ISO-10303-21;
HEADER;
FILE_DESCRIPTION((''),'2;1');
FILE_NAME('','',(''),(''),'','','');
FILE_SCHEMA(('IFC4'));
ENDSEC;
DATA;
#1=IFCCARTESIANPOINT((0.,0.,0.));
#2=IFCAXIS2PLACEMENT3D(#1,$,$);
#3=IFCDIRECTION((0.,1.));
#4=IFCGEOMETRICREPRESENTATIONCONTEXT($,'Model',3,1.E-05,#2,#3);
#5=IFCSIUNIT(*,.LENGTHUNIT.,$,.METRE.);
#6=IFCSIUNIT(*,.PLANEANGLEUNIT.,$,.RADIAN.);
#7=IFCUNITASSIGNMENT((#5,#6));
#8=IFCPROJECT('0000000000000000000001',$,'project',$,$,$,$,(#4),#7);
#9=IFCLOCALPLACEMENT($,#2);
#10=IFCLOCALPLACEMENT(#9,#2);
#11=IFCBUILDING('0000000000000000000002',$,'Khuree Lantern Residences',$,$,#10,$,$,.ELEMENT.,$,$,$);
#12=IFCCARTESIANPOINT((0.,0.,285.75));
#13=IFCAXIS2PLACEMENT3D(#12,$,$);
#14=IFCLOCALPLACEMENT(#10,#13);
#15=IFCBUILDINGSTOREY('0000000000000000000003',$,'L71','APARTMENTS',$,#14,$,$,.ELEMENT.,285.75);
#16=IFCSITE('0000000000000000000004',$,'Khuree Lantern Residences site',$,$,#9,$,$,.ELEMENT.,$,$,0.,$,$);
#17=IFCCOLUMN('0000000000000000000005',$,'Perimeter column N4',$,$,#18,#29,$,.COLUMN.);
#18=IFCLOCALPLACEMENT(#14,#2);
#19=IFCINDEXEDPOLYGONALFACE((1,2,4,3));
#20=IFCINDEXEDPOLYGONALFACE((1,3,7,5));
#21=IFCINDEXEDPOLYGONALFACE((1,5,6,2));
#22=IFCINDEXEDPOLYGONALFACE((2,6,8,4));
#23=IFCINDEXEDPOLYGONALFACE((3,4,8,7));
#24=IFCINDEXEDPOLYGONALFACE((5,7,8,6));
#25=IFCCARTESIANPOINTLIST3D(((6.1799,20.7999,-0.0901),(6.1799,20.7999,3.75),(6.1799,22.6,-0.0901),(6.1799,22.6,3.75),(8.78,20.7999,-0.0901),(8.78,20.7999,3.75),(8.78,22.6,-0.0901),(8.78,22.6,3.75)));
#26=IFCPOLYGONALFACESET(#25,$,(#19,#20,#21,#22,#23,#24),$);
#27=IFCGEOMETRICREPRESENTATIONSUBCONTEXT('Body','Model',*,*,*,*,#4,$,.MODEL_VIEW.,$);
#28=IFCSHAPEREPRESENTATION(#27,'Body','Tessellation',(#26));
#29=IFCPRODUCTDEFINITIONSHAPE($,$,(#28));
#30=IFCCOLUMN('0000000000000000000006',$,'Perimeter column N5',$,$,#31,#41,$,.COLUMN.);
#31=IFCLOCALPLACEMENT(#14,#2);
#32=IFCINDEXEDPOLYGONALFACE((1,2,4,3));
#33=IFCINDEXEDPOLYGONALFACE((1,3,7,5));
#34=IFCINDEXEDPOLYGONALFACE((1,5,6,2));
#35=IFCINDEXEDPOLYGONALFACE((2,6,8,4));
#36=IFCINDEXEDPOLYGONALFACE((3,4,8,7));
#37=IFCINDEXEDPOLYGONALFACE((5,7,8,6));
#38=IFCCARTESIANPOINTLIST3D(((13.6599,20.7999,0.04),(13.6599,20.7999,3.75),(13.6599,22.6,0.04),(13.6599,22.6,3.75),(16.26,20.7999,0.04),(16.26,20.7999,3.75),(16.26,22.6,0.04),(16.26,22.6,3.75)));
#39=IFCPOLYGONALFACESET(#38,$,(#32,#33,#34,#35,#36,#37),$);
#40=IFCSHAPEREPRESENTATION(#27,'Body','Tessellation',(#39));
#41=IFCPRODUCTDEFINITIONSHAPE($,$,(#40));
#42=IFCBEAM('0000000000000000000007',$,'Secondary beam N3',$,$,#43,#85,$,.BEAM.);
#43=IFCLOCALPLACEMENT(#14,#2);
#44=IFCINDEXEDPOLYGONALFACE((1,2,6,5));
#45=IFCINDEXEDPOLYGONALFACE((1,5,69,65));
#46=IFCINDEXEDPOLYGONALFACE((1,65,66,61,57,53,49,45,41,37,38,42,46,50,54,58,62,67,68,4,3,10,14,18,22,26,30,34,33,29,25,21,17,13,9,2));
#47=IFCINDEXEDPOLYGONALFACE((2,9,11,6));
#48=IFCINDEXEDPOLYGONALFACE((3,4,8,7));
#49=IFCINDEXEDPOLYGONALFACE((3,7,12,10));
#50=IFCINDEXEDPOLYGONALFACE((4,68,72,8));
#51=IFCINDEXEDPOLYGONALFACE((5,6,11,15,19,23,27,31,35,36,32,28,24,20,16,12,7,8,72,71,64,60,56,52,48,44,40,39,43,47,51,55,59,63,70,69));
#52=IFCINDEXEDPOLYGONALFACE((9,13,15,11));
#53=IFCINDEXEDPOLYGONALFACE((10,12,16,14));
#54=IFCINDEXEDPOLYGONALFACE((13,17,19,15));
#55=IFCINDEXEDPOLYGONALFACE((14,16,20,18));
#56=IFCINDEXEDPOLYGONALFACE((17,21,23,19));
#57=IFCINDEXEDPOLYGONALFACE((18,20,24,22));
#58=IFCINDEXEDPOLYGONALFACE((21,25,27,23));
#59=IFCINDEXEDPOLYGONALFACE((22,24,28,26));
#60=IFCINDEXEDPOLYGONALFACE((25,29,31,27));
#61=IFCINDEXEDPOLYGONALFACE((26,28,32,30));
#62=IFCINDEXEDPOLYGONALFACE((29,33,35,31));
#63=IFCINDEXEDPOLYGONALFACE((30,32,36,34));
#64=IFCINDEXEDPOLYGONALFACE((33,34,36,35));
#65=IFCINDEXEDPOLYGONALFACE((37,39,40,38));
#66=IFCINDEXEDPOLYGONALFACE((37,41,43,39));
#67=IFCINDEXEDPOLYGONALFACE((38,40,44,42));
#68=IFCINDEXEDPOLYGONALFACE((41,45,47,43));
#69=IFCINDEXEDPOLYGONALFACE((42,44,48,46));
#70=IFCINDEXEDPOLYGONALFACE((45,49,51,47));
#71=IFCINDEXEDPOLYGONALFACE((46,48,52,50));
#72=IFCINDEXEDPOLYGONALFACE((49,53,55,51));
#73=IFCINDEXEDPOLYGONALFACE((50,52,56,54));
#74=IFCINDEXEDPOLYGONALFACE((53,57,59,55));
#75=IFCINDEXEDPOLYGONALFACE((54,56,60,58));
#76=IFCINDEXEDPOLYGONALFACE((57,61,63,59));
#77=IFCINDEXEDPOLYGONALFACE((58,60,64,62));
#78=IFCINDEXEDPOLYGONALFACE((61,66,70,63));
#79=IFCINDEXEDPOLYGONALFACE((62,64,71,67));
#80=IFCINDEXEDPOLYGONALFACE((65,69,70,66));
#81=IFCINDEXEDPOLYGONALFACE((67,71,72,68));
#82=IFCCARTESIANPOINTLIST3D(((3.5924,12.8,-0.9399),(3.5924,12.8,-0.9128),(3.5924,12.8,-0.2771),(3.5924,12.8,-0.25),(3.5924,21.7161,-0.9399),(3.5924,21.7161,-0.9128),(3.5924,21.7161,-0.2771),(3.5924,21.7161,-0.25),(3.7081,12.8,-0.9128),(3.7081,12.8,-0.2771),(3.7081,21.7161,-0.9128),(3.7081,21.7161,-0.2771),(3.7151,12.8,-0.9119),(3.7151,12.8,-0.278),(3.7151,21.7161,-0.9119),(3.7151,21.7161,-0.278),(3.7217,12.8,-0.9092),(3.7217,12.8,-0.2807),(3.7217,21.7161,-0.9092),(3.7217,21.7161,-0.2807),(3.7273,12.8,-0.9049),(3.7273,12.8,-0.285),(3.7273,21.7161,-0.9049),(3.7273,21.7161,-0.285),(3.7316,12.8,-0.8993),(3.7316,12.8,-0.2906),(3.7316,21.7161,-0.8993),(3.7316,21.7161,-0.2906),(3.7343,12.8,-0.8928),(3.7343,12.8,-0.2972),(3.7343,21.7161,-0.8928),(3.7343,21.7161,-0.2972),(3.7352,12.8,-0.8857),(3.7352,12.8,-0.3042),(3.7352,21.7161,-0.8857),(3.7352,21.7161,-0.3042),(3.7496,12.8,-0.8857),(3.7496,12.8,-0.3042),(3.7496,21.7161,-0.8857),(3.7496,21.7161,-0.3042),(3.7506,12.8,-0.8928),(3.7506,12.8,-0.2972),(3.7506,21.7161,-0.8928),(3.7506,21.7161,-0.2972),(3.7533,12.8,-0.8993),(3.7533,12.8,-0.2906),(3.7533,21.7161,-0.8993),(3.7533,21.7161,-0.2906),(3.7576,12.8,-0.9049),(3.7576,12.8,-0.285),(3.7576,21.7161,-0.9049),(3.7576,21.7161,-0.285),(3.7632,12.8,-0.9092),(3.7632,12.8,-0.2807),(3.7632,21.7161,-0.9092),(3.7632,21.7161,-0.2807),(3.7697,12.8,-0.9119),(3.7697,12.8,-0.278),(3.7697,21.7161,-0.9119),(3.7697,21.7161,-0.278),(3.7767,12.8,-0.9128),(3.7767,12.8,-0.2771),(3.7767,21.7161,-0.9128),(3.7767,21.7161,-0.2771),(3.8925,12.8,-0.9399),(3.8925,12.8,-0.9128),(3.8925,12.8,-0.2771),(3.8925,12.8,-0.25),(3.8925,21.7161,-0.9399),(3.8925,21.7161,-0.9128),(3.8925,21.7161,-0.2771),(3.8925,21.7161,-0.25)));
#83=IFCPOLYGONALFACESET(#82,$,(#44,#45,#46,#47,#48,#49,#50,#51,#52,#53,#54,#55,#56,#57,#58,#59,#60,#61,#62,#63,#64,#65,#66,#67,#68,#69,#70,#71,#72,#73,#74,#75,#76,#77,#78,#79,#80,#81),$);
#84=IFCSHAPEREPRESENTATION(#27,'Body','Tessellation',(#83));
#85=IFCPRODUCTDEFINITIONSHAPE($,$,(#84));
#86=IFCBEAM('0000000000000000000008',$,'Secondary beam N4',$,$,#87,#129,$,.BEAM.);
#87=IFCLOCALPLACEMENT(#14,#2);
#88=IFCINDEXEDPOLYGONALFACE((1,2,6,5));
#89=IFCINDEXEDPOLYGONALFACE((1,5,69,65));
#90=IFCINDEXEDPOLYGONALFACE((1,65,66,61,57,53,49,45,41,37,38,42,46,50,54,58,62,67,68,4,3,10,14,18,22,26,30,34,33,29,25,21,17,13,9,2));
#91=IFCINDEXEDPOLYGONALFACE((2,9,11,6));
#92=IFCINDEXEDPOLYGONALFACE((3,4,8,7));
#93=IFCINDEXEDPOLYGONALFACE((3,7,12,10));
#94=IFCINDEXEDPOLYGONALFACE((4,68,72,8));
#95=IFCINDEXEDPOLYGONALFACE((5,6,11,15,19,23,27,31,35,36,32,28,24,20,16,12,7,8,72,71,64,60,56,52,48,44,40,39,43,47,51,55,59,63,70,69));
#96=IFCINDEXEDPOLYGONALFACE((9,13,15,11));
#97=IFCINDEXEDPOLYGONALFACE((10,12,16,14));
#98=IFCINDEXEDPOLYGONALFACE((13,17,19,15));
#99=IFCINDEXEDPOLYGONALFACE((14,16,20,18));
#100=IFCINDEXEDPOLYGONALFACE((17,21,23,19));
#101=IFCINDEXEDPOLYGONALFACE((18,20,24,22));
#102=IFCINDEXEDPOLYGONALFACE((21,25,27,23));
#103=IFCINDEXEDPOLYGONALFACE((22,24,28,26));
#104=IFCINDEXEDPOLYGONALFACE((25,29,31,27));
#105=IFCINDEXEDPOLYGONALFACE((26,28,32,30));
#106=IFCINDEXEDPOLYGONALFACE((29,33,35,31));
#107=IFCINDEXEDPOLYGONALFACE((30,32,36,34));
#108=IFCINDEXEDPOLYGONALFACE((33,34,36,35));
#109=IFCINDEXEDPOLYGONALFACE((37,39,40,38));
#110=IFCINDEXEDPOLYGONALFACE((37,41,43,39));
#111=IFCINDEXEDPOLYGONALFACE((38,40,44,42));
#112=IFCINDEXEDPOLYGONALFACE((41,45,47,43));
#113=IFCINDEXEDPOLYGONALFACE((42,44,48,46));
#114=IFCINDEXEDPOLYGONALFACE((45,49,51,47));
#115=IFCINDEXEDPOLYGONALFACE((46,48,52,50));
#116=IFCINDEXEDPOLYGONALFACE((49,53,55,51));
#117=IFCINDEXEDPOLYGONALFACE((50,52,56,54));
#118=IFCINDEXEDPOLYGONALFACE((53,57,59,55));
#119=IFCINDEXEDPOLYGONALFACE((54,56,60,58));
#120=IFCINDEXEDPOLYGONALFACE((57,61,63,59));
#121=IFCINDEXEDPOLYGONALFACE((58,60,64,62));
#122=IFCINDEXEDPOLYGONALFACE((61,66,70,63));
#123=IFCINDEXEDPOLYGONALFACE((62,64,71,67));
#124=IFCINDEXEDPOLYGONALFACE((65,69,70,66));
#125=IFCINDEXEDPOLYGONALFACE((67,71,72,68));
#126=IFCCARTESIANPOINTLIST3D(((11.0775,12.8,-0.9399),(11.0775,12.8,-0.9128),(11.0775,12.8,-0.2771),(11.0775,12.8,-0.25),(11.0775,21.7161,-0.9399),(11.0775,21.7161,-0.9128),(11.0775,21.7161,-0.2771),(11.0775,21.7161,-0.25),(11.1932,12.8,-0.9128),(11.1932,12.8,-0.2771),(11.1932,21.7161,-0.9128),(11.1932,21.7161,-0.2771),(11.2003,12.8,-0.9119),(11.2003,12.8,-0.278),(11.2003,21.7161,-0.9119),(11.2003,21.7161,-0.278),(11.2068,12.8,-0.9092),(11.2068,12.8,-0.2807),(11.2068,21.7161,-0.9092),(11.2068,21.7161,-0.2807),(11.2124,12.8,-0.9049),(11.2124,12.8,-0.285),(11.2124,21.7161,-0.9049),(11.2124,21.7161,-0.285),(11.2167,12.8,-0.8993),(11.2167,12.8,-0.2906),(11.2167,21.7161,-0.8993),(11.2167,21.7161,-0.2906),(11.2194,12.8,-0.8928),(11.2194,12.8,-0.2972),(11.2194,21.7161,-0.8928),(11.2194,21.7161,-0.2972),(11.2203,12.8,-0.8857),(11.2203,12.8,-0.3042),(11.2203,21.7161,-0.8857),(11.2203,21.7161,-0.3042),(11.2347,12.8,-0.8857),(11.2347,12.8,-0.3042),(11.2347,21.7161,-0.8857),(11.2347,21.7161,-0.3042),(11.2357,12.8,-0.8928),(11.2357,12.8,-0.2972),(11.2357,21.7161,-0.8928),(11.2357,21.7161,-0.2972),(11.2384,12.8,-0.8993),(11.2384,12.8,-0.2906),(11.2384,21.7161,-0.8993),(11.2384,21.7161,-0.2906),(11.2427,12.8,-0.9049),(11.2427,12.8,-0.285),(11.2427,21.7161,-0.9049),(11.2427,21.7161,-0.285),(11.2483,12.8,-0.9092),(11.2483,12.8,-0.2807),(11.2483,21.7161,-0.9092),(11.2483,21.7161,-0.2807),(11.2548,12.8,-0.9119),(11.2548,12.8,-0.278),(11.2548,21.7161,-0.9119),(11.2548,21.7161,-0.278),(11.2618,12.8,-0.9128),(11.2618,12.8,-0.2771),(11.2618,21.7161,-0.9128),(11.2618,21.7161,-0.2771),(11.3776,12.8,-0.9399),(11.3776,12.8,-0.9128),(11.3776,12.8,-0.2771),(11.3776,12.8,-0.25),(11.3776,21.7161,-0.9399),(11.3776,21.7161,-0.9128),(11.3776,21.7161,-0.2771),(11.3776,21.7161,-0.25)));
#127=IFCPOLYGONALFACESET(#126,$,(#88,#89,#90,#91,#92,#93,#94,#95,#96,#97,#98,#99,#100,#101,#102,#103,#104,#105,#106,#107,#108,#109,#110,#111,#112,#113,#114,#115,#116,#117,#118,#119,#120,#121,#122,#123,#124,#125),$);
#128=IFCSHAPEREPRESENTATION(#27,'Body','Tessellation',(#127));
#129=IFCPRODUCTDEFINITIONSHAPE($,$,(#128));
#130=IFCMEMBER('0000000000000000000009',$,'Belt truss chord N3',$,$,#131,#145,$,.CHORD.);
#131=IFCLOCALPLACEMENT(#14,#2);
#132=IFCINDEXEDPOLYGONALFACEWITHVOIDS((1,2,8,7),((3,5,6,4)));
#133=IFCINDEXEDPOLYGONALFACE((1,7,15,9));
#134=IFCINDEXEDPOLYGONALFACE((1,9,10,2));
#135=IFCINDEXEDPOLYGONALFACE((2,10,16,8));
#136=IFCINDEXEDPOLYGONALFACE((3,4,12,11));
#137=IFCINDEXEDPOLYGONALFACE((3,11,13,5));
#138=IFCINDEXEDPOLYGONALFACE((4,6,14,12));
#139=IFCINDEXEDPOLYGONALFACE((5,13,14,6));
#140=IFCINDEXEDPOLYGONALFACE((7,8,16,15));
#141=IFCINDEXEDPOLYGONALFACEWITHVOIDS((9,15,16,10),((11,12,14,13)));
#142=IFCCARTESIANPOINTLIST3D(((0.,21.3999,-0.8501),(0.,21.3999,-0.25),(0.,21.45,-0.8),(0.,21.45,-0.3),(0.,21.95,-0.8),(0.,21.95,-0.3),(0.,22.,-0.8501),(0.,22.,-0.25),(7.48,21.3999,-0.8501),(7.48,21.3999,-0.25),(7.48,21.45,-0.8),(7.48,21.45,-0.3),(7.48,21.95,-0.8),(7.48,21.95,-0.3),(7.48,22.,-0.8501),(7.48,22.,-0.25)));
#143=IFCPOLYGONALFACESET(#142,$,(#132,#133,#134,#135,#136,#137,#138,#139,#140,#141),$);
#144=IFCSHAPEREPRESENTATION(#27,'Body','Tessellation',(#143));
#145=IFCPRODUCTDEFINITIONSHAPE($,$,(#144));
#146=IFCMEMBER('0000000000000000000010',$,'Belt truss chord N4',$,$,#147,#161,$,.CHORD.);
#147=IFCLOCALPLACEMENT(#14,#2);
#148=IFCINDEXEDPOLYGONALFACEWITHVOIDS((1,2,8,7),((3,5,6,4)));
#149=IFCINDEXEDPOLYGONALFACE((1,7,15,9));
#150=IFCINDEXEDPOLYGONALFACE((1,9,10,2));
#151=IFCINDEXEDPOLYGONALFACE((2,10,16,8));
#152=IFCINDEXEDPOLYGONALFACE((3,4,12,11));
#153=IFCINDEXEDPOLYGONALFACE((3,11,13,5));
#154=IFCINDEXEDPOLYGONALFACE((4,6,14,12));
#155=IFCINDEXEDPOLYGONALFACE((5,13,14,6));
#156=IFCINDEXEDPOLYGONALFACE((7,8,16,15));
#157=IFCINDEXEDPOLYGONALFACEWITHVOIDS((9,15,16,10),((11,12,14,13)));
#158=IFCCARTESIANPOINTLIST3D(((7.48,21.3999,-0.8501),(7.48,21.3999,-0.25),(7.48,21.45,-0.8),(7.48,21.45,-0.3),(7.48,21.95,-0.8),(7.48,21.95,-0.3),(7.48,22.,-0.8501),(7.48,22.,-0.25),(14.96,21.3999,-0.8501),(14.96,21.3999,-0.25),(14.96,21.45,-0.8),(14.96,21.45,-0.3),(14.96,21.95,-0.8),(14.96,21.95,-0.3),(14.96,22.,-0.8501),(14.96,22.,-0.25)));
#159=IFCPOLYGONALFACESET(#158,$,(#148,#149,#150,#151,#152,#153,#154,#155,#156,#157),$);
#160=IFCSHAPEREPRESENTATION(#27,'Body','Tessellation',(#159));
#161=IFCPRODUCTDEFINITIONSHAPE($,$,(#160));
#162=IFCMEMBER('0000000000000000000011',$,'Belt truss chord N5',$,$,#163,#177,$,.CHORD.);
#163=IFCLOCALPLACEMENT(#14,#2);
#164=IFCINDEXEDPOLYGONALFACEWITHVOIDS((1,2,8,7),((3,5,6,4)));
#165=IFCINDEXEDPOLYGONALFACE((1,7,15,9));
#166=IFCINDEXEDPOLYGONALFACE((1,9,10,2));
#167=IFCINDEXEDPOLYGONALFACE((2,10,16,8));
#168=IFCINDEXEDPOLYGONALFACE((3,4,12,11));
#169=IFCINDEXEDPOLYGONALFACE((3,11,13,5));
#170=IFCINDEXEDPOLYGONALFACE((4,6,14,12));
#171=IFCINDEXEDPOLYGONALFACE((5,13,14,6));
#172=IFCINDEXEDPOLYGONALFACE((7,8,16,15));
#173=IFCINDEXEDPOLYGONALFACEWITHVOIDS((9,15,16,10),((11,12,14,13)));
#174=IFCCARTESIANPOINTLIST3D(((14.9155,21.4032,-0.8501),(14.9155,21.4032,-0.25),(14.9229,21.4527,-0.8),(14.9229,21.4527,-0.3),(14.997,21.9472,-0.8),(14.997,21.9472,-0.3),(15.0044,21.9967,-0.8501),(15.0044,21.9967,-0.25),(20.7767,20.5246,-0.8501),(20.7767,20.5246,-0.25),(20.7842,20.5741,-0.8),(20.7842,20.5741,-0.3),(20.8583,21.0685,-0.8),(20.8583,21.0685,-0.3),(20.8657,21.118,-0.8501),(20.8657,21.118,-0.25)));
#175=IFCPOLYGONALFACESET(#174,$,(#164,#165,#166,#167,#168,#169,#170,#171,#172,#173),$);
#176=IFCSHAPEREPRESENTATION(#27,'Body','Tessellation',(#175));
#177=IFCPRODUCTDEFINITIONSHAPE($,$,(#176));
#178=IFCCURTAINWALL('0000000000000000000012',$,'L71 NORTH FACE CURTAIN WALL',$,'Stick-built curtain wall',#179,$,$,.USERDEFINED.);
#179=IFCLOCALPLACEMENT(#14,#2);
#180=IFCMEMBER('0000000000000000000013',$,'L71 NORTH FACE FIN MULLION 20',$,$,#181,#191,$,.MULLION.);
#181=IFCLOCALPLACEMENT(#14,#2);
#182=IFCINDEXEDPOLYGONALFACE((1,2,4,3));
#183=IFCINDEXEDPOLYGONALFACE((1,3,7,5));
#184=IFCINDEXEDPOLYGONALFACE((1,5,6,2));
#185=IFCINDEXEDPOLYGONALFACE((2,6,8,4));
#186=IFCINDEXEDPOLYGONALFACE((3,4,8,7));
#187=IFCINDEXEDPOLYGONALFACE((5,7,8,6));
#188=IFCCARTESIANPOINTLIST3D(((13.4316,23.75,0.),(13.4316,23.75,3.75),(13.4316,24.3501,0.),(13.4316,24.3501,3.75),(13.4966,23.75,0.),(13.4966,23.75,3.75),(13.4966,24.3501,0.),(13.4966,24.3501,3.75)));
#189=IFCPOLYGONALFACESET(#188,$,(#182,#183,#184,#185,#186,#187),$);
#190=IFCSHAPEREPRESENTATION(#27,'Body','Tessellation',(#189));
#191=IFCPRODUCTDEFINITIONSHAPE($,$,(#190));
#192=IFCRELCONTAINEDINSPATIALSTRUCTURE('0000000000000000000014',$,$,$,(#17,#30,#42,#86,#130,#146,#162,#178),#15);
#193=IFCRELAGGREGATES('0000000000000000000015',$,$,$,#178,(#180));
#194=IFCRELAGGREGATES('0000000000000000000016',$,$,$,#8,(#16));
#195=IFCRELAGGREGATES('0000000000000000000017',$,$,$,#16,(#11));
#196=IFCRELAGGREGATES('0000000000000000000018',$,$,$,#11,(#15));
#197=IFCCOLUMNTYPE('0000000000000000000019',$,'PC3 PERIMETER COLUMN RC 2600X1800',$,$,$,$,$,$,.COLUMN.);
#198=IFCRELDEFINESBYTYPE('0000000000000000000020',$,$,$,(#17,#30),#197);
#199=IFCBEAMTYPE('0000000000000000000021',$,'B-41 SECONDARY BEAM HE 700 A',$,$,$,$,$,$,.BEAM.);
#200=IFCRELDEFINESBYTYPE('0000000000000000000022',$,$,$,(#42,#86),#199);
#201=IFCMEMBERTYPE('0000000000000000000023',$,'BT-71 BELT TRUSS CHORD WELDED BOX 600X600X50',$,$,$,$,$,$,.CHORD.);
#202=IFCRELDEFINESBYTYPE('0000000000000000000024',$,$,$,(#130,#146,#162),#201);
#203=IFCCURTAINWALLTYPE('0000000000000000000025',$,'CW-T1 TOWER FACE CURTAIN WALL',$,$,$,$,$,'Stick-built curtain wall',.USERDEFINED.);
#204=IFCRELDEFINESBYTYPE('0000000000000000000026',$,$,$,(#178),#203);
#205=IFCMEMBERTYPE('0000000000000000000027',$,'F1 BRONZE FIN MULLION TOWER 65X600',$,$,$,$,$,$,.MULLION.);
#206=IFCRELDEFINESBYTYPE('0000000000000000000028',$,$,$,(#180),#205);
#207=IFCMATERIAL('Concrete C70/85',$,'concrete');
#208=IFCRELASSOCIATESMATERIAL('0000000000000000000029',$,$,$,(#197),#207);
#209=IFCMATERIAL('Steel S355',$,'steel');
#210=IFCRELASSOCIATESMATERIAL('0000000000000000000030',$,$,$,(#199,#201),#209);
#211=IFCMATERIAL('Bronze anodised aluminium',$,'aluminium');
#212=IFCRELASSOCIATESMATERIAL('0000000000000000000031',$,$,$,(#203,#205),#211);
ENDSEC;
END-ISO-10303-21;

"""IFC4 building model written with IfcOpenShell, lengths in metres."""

from ifc_helpers import new_model, si_unit, direction, frame, origin, origin_2d, place, context, subcontext, project, spatial, rectangle, hollow_rectangle, i_section, extrude, material, material_profile, profile_set, type_object, element, aggregate, save


model = new_model("IFC4")

# Units and contexts
model_context = context("Model", 3, precision=1e-05, world=origin(), true_north=direction((0.0, 1.0)))
body_context = subcontext(model_context, "Body", "Model", "MODEL_VIEW")
ifc_project = project(units=[si_unit("LENGTHUNIT", "METRE"), si_unit("PLANEANGLEUNIT", "RADIAN")], contexts=[model_context])

# Site, building, storey
site_placement = place(None, origin())
site = spatial("IfcSite", under=ifc_project, at=site_placement, Name="Khuree Lantern Residences site", CompositionType="ELEMENT", RefElevation=0.0)
building_placement = place(site_placement, origin())
building = spatial("IfcBuilding", under=site, at=building_placement, Name="Khuree Lantern Residences", CompositionType="ELEMENT")
storey_placement = place(building_placement, frame((0.0, 0.0, 285.75)))
storey = spatial("IfcBuildingStorey", under=building, at=storey_placement, Name="L71", Description="APARTMENTS", CompositionType="ELEMENT", Elevation=285.75)

# Columns
ifc_material_1 = material(Name="Concrete C70/85", Category="concrete")
ifc_material_profile_1 = material_profile(ifc_material_1, rectangle(XDim=2.6001, YDim=1.8, at=origin_2d()), Name="RC 2600X1800")
ifc_profile_set_1 = profile_set([ifc_material_profile_1], Name="Concrete C70/85")
column_type = type_object("IfcColumnType", Name="PC3 PERIMETER COLUMN RC 2600X1800", PredefinedType="COLUMN", material=ifc_profile_set_1)
column_1_placement = place(storey_placement, frame((7.48, 21.7, -0.0901), z_axis=(0.0, 0.0, 1.0), x_axis=(1.0, 0.0, 0.0)))
element("IfcColumn", 1, at=column_1_placement, inside=storey, type_object=column_type, Name="Perimeter column N4", PredefinedType="COLUMN", context=body_context, shape_type="SweptSolid", body=[
    extrude(rectangle(XDim=2.6001, YDim=1.8, at=origin_2d()), origin(), (0.0, 0.0, 1.0), 3.8401),
])
column_2_placement = place(storey_placement, frame((14.96, 21.7, 0.04), z_axis=(0.0, 0.0, 1.0), x_axis=(1.0, 0.0, 0.0)))
element("IfcColumn", 2, at=column_2_placement, inside=storey, type_object=column_type, Name="Perimeter column N5", PredefinedType="COLUMN", context=body_context, shape_type="SweptSolid", body=[
    extrude(rectangle(XDim=2.6001, YDim=1.8, at=origin_2d()), origin(), (0.0, 0.0, 1.0), 3.71),
])

# Beams
ifc_material_2 = material(Name="Steel S355", Category="steel")
ifc_material_profile_2 = material_profile(ifc_material_2, i_section(OverallWidth=0.3, OverallDepth=0.6899, WebThickness=0.0144, FlangeThickness=0.0271, FilletRadius=0.0271, at=origin_2d()), Name="HE 700 A")
ifc_profile_set_2 = profile_set([ifc_material_profile_2], Name="Steel S355")
beam_type_1 = type_object("IfcBeamType", Name="B-41 SECONDARY BEAM HE 700 A", PredefinedType="BEAM", material=ifc_profile_set_2)
for number, where, z_axis, x_axis, name in (
    (3, (3.7424, 21.7161, -0.595), (0.0, -1.0, 0.0), (1.0, 0.0, 0.0), "Secondary beam N3"),
    (4, (11.2275, 21.7161, -0.595), (0.0, -1.0, 0.0), (1.0, 0.0, 0.0), "Secondary beam N4"),
):
    element("IfcBeam", number, at=place(storey_placement, frame(where, z_axis=z_axis, x_axis=x_axis)), inside=storey, type_object=beam_type_1, Name=name, PredefinedType="BEAM", context=body_context, shape_type="SweptSolid", body=[
        extrude(i_section(OverallWidth=0.3, OverallDepth=0.6899, WebThickness=0.0144, FlangeThickness=0.0271, FilletRadius=0.0271, at=origin_2d()), origin(), (0.0, 0.0, 1.0), 8.916),
    ])

# Members
ifc_material_profile_3 = material_profile(ifc_material_2, hollow_rectangle(XDim=0.6001, YDim=0.6001, WallThickness=0.05, at=origin_2d()), Name="WELDED BOX 600X600X50")
ifc_profile_set_3 = profile_set([ifc_material_profile_3], Name="Steel S355")
member_type_1 = type_object("IfcMemberType", Name="BT-71 BELT TRUSS CHORD WELDED BOX 600X600X50", PredefinedType="CHORD", material=ifc_profile_set_3)
for number, where, z_axis, x_axis, name in (
    (5, (0.0, 21.7, -0.55), (1.0, 0.0, 0.0), (0.0, 1.0, 0.0), "Belt truss chord N3"),
    (6, (7.48, 21.7, -0.55), (1.0, 0.0, 0.0), (0.0, 1.0, 0.0), "Belt truss chord N4"),
):
    element("IfcMember", number, at=place(storey_placement, frame(where, z_axis=z_axis, x_axis=x_axis)), inside=storey, type_object=member_type_1, Name=name, PredefinedType="CHORD", context=body_context, shape_type="SweptSolid", body=[
        extrude(hollow_rectangle(XDim=0.6001, YDim=0.6001, WallThickness=0.05, at=origin_2d()), origin(), (0.0, 0.0, 1.0), 7.48),
    ])
member_1_placement = place(storey_placement, frame((14.96, 21.7, -0.55), z_axis=(0.98895, -0.148252, 0.0), x_axis=(0.148252, 0.98895, 0.0)))
element("IfcMember", 7, at=member_1_placement, inside=storey, type_object=member_type_1, Name="Belt truss chord N5", PredefinedType="CHORD", context=body_context, shape_type="SweptSolid", body=[
    extrude(hollow_rectangle(XDim=0.6001, YDim=0.6001, WallThickness=0.05, at=origin_2d()), origin(), (0.0, 0.0, 1.0), 5.9268),
])

# Curtain wall, member
ifc_material_3 = material(Name="Bronze anodised aluminium", Category="aluminium")
curtain_wall_type = type_object("IfcCurtainWallType", Name="CW-T1 TOWER FACE CURTAIN WALL", ElementType="Stick-built curtain wall", PredefinedType="USERDEFINED", material=ifc_material_3)
curtain_wall_placement = place(storey_placement, origin())
curtain_wall = element("IfcCurtainWall", 8, at=curtain_wall_placement, inside=storey, type_object=curtain_wall_type, Name="L71 NORTH FACE CURTAIN WALL", ObjectType="Stick-built curtain wall", PredefinedType="USERDEFINED")
ifc_material_profile_4 = material_profile(ifc_material_3, rectangle(XDim=0.0649, YDim=0.6001, at=origin_2d()), Name="F1 65X600")
ifc_profile_set_4 = profile_set([ifc_material_profile_4], Name="Bronze anodised aluminium")
member_type_2 = type_object("IfcMemberType", Name="F1 BRONZE FIN MULLION TOWER 65X600", PredefinedType="MULLION", material=ifc_profile_set_4)
member_2_placement = place(storey_placement, frame((13.4641, 24.05, 0.0), z_axis=(0.0, 0.0, 1.0), x_axis=(-1.0, 0.0, 0.0)))
member_2 = element("IfcMember", 9, at=member_2_placement, type_object=member_type_2, Name="L71 NORTH FACE FIN MULLION 20", PredefinedType="MULLION", context=body_context, shape_type="SweptSolid", body=[
    extrude(rectangle(XDim=0.0649, YDim=0.6001, at=origin_2d()), origin(), (0.0, 0.0, 1.0), 3.75),
])

aggregate(curtain_wall, [member_2])

save(model, "model.ifc")
